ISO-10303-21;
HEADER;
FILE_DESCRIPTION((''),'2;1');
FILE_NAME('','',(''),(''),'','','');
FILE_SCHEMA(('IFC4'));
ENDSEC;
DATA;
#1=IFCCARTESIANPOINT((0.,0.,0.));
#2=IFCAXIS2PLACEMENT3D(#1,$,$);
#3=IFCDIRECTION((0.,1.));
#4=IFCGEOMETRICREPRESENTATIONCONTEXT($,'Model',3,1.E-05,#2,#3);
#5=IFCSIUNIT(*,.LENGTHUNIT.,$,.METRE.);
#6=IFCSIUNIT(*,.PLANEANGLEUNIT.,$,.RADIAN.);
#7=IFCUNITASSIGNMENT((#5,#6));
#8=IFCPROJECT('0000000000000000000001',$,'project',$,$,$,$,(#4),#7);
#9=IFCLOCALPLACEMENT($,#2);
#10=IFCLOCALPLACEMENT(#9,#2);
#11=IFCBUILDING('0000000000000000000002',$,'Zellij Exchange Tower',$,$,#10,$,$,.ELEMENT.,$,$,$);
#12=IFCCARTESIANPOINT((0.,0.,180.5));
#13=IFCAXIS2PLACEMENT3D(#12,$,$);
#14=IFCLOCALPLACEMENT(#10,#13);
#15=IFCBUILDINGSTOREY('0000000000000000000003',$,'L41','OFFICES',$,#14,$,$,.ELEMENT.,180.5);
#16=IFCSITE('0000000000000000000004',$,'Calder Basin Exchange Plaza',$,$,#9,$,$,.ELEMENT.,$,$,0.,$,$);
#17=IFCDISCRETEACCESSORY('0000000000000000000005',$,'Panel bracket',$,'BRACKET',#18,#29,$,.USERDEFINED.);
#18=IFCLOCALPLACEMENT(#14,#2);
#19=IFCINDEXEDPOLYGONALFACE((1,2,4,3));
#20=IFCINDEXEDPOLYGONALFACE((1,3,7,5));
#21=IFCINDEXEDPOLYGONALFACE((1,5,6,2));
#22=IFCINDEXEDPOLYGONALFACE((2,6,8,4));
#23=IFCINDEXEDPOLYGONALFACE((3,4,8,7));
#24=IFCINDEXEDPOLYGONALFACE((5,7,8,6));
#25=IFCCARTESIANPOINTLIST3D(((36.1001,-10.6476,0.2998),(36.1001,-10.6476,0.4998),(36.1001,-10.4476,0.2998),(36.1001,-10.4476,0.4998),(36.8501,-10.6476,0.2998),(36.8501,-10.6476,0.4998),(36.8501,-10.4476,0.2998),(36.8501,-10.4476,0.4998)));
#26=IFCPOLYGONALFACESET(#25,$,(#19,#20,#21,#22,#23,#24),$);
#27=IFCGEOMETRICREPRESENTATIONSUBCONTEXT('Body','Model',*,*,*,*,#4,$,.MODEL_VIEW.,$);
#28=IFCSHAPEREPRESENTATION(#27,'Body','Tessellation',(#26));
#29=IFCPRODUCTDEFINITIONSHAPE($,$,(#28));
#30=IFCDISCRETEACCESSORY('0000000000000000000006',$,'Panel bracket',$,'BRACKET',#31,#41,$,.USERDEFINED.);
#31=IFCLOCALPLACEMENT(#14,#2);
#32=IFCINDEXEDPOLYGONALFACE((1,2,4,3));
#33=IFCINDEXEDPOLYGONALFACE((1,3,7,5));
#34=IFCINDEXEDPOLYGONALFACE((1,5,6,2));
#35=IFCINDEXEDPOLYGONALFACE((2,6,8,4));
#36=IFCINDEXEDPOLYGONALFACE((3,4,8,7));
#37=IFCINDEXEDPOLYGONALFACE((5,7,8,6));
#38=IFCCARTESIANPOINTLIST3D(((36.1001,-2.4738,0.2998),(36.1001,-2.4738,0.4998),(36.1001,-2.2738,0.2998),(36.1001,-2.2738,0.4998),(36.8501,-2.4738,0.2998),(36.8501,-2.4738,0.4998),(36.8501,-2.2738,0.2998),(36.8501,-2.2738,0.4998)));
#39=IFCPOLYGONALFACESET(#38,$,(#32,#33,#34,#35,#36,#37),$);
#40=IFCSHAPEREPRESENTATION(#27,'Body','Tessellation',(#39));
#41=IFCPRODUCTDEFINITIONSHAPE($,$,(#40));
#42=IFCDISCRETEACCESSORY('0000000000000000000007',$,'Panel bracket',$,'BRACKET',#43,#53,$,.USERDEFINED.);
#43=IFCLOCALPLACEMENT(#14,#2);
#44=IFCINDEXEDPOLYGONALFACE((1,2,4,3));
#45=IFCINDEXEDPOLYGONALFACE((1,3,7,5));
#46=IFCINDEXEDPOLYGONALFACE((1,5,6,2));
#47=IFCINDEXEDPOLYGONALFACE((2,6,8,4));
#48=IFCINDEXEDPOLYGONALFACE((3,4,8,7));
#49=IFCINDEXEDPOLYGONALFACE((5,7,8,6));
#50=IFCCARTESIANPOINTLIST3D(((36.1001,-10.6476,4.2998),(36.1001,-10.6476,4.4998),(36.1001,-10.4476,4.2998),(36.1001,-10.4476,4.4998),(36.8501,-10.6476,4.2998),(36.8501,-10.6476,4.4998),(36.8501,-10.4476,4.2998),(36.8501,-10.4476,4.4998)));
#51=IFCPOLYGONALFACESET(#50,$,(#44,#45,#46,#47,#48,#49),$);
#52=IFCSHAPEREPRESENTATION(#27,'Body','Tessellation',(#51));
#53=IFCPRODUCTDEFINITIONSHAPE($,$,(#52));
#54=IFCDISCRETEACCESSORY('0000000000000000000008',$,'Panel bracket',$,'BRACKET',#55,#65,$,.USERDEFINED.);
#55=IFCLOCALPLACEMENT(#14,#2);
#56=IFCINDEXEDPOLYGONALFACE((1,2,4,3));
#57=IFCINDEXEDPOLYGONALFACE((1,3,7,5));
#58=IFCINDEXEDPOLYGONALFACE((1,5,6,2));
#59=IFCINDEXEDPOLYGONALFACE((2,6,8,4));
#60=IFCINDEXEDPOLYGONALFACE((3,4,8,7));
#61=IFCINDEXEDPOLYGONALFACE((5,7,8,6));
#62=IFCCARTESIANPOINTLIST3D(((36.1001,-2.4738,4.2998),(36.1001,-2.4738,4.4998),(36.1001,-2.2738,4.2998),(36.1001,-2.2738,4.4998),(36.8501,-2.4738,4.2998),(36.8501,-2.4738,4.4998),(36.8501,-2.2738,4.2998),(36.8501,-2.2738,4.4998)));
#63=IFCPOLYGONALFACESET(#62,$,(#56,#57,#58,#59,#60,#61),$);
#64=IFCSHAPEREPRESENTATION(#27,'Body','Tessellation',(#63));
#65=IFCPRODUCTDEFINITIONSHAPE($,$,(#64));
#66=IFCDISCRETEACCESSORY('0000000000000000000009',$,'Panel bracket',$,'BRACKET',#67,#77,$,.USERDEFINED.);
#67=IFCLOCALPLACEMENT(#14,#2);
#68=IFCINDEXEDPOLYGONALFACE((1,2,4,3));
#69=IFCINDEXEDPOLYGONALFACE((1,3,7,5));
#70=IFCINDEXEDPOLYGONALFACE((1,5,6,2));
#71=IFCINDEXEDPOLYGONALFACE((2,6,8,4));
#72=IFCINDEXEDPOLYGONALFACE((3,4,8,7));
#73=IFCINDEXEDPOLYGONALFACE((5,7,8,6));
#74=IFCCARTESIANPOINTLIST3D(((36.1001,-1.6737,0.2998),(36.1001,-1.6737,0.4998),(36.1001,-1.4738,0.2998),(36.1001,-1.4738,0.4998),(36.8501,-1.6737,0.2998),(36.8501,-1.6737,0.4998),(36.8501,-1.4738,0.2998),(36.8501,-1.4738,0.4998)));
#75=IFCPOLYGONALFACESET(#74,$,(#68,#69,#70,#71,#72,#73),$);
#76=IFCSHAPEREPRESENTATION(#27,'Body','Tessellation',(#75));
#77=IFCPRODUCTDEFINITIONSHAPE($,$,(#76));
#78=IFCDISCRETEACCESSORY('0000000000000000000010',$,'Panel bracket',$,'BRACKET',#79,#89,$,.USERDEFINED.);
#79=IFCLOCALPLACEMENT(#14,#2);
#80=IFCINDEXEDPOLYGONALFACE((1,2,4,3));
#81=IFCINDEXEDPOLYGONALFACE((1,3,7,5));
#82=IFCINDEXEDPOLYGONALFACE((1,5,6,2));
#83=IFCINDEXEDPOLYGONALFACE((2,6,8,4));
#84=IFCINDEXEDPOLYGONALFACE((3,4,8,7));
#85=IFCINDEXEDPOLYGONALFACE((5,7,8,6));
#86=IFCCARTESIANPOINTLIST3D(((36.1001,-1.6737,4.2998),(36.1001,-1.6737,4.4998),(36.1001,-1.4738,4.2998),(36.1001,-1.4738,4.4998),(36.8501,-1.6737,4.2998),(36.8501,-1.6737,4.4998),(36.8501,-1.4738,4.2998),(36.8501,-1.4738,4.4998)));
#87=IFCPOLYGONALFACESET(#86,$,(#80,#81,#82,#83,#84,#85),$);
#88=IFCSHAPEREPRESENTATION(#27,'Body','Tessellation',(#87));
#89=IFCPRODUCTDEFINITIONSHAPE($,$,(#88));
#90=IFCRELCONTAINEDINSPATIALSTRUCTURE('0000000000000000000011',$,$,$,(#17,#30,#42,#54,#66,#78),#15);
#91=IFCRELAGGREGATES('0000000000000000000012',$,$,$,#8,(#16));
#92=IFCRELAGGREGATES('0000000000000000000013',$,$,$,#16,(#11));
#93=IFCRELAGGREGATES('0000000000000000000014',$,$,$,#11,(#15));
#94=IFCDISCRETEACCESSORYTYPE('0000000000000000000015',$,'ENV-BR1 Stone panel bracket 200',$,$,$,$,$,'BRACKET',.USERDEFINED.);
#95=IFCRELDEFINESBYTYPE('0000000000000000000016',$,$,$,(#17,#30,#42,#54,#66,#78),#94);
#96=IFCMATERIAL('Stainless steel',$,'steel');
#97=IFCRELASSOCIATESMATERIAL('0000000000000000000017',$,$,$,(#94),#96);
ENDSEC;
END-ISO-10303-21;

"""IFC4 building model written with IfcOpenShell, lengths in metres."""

from ifc_helpers import new_model, si_unit, direction, frame, origin, origin_2d, place, context, subcontext, project, spatial, rectangle, extrude, material, type_object, element, save


model = new_model("IFC4")

# Units and contexts
model_context = context("Model", 3, precision=1e-05, world=origin(), true_north=direction((0.0, 1.0)))
body_context = subcontext(model_context, "Body", "Model", "MODEL_VIEW")
ifc_project = project(units=[si_unit("LENGTHUNIT", "METRE"), si_unit("PLANEANGLEUNIT", "RADIAN")], contexts=[model_context])

# Site, building, storey
site_placement = place(None, origin())
site = spatial("IfcSite", under=ifc_project, at=site_placement, Name="Calder Basin Exchange Plaza", CompositionType="ELEMENT", RefElevation=0.0)
building_placement = place(site_placement, origin())
building = spatial("IfcBuilding", under=site, at=building_placement, Name="Zellij Exchange Tower", CompositionType="ELEMENT")
storey_placement = place(building_placement, frame((0.0, 0.0, 180.5)))
storey = spatial("IfcBuildingStorey", under=building, at=storey_placement, Name="L41", Description="OFFICES", CompositionType="ELEMENT", Elevation=180.5)

# Discrete accessories
ifc_material_1 = material(Name="Stainless steel", Category="steel")
discrete_accessory_type = type_object("IfcDiscreteAccessoryType", Name="ENV-BR1 Stone panel bracket 200", ElementType="BRACKET", PredefinedType="USERDEFINED", material=ifc_material_1)
for number, where, z_axis, x_axis, name in (
    (1, (36.4751, -10.5476, 0.2998), (0.0, 0.0, 1.0), (0.0, 1.0, 0.0), "Panel bracket"),
    (2, (36.4751, -2.3738, 0.2998), (0.0, 0.0, 1.0), (0.0, 1.0, 0.0), "Panel bracket"),
    (3, (36.4751, -10.5476, 4.2998), (0.0, 0.0, 1.0), (0.0, 1.0, 0.0), "Panel bracket"),
    (4, (36.4751, -2.3738, 4.2998), (0.0, 0.0, 1.0), (0.0, 1.0, 0.0), "Panel bracket"),
    (5, (36.4751, -1.5737, 0.2998), (0.0, 0.0, 1.0), (0.0, 1.0, 0.0), "Panel bracket"),
    (6, (36.4751, -1.5737, 4.2998), (0.0, 0.0, 1.0), (0.0, 1.0, 0.0), "Panel bracket"),
):
    element("IfcDiscreteAccessory", number, at=place(storey_placement, frame(where, z_axis=z_axis, x_axis=x_axis)), inside=storey, type_object=discrete_accessory_type, Name=name, ObjectType="BRACKET", PredefinedType="USERDEFINED", context=body_context, shape_type="SweptSolid", body=[
        extrude(rectangle(XDim=0.2, YDim=0.75, at=origin_2d()), origin(), (0.0, 0.0, 1.0), 0.2),
    ])

save(model, "model.ifc")
